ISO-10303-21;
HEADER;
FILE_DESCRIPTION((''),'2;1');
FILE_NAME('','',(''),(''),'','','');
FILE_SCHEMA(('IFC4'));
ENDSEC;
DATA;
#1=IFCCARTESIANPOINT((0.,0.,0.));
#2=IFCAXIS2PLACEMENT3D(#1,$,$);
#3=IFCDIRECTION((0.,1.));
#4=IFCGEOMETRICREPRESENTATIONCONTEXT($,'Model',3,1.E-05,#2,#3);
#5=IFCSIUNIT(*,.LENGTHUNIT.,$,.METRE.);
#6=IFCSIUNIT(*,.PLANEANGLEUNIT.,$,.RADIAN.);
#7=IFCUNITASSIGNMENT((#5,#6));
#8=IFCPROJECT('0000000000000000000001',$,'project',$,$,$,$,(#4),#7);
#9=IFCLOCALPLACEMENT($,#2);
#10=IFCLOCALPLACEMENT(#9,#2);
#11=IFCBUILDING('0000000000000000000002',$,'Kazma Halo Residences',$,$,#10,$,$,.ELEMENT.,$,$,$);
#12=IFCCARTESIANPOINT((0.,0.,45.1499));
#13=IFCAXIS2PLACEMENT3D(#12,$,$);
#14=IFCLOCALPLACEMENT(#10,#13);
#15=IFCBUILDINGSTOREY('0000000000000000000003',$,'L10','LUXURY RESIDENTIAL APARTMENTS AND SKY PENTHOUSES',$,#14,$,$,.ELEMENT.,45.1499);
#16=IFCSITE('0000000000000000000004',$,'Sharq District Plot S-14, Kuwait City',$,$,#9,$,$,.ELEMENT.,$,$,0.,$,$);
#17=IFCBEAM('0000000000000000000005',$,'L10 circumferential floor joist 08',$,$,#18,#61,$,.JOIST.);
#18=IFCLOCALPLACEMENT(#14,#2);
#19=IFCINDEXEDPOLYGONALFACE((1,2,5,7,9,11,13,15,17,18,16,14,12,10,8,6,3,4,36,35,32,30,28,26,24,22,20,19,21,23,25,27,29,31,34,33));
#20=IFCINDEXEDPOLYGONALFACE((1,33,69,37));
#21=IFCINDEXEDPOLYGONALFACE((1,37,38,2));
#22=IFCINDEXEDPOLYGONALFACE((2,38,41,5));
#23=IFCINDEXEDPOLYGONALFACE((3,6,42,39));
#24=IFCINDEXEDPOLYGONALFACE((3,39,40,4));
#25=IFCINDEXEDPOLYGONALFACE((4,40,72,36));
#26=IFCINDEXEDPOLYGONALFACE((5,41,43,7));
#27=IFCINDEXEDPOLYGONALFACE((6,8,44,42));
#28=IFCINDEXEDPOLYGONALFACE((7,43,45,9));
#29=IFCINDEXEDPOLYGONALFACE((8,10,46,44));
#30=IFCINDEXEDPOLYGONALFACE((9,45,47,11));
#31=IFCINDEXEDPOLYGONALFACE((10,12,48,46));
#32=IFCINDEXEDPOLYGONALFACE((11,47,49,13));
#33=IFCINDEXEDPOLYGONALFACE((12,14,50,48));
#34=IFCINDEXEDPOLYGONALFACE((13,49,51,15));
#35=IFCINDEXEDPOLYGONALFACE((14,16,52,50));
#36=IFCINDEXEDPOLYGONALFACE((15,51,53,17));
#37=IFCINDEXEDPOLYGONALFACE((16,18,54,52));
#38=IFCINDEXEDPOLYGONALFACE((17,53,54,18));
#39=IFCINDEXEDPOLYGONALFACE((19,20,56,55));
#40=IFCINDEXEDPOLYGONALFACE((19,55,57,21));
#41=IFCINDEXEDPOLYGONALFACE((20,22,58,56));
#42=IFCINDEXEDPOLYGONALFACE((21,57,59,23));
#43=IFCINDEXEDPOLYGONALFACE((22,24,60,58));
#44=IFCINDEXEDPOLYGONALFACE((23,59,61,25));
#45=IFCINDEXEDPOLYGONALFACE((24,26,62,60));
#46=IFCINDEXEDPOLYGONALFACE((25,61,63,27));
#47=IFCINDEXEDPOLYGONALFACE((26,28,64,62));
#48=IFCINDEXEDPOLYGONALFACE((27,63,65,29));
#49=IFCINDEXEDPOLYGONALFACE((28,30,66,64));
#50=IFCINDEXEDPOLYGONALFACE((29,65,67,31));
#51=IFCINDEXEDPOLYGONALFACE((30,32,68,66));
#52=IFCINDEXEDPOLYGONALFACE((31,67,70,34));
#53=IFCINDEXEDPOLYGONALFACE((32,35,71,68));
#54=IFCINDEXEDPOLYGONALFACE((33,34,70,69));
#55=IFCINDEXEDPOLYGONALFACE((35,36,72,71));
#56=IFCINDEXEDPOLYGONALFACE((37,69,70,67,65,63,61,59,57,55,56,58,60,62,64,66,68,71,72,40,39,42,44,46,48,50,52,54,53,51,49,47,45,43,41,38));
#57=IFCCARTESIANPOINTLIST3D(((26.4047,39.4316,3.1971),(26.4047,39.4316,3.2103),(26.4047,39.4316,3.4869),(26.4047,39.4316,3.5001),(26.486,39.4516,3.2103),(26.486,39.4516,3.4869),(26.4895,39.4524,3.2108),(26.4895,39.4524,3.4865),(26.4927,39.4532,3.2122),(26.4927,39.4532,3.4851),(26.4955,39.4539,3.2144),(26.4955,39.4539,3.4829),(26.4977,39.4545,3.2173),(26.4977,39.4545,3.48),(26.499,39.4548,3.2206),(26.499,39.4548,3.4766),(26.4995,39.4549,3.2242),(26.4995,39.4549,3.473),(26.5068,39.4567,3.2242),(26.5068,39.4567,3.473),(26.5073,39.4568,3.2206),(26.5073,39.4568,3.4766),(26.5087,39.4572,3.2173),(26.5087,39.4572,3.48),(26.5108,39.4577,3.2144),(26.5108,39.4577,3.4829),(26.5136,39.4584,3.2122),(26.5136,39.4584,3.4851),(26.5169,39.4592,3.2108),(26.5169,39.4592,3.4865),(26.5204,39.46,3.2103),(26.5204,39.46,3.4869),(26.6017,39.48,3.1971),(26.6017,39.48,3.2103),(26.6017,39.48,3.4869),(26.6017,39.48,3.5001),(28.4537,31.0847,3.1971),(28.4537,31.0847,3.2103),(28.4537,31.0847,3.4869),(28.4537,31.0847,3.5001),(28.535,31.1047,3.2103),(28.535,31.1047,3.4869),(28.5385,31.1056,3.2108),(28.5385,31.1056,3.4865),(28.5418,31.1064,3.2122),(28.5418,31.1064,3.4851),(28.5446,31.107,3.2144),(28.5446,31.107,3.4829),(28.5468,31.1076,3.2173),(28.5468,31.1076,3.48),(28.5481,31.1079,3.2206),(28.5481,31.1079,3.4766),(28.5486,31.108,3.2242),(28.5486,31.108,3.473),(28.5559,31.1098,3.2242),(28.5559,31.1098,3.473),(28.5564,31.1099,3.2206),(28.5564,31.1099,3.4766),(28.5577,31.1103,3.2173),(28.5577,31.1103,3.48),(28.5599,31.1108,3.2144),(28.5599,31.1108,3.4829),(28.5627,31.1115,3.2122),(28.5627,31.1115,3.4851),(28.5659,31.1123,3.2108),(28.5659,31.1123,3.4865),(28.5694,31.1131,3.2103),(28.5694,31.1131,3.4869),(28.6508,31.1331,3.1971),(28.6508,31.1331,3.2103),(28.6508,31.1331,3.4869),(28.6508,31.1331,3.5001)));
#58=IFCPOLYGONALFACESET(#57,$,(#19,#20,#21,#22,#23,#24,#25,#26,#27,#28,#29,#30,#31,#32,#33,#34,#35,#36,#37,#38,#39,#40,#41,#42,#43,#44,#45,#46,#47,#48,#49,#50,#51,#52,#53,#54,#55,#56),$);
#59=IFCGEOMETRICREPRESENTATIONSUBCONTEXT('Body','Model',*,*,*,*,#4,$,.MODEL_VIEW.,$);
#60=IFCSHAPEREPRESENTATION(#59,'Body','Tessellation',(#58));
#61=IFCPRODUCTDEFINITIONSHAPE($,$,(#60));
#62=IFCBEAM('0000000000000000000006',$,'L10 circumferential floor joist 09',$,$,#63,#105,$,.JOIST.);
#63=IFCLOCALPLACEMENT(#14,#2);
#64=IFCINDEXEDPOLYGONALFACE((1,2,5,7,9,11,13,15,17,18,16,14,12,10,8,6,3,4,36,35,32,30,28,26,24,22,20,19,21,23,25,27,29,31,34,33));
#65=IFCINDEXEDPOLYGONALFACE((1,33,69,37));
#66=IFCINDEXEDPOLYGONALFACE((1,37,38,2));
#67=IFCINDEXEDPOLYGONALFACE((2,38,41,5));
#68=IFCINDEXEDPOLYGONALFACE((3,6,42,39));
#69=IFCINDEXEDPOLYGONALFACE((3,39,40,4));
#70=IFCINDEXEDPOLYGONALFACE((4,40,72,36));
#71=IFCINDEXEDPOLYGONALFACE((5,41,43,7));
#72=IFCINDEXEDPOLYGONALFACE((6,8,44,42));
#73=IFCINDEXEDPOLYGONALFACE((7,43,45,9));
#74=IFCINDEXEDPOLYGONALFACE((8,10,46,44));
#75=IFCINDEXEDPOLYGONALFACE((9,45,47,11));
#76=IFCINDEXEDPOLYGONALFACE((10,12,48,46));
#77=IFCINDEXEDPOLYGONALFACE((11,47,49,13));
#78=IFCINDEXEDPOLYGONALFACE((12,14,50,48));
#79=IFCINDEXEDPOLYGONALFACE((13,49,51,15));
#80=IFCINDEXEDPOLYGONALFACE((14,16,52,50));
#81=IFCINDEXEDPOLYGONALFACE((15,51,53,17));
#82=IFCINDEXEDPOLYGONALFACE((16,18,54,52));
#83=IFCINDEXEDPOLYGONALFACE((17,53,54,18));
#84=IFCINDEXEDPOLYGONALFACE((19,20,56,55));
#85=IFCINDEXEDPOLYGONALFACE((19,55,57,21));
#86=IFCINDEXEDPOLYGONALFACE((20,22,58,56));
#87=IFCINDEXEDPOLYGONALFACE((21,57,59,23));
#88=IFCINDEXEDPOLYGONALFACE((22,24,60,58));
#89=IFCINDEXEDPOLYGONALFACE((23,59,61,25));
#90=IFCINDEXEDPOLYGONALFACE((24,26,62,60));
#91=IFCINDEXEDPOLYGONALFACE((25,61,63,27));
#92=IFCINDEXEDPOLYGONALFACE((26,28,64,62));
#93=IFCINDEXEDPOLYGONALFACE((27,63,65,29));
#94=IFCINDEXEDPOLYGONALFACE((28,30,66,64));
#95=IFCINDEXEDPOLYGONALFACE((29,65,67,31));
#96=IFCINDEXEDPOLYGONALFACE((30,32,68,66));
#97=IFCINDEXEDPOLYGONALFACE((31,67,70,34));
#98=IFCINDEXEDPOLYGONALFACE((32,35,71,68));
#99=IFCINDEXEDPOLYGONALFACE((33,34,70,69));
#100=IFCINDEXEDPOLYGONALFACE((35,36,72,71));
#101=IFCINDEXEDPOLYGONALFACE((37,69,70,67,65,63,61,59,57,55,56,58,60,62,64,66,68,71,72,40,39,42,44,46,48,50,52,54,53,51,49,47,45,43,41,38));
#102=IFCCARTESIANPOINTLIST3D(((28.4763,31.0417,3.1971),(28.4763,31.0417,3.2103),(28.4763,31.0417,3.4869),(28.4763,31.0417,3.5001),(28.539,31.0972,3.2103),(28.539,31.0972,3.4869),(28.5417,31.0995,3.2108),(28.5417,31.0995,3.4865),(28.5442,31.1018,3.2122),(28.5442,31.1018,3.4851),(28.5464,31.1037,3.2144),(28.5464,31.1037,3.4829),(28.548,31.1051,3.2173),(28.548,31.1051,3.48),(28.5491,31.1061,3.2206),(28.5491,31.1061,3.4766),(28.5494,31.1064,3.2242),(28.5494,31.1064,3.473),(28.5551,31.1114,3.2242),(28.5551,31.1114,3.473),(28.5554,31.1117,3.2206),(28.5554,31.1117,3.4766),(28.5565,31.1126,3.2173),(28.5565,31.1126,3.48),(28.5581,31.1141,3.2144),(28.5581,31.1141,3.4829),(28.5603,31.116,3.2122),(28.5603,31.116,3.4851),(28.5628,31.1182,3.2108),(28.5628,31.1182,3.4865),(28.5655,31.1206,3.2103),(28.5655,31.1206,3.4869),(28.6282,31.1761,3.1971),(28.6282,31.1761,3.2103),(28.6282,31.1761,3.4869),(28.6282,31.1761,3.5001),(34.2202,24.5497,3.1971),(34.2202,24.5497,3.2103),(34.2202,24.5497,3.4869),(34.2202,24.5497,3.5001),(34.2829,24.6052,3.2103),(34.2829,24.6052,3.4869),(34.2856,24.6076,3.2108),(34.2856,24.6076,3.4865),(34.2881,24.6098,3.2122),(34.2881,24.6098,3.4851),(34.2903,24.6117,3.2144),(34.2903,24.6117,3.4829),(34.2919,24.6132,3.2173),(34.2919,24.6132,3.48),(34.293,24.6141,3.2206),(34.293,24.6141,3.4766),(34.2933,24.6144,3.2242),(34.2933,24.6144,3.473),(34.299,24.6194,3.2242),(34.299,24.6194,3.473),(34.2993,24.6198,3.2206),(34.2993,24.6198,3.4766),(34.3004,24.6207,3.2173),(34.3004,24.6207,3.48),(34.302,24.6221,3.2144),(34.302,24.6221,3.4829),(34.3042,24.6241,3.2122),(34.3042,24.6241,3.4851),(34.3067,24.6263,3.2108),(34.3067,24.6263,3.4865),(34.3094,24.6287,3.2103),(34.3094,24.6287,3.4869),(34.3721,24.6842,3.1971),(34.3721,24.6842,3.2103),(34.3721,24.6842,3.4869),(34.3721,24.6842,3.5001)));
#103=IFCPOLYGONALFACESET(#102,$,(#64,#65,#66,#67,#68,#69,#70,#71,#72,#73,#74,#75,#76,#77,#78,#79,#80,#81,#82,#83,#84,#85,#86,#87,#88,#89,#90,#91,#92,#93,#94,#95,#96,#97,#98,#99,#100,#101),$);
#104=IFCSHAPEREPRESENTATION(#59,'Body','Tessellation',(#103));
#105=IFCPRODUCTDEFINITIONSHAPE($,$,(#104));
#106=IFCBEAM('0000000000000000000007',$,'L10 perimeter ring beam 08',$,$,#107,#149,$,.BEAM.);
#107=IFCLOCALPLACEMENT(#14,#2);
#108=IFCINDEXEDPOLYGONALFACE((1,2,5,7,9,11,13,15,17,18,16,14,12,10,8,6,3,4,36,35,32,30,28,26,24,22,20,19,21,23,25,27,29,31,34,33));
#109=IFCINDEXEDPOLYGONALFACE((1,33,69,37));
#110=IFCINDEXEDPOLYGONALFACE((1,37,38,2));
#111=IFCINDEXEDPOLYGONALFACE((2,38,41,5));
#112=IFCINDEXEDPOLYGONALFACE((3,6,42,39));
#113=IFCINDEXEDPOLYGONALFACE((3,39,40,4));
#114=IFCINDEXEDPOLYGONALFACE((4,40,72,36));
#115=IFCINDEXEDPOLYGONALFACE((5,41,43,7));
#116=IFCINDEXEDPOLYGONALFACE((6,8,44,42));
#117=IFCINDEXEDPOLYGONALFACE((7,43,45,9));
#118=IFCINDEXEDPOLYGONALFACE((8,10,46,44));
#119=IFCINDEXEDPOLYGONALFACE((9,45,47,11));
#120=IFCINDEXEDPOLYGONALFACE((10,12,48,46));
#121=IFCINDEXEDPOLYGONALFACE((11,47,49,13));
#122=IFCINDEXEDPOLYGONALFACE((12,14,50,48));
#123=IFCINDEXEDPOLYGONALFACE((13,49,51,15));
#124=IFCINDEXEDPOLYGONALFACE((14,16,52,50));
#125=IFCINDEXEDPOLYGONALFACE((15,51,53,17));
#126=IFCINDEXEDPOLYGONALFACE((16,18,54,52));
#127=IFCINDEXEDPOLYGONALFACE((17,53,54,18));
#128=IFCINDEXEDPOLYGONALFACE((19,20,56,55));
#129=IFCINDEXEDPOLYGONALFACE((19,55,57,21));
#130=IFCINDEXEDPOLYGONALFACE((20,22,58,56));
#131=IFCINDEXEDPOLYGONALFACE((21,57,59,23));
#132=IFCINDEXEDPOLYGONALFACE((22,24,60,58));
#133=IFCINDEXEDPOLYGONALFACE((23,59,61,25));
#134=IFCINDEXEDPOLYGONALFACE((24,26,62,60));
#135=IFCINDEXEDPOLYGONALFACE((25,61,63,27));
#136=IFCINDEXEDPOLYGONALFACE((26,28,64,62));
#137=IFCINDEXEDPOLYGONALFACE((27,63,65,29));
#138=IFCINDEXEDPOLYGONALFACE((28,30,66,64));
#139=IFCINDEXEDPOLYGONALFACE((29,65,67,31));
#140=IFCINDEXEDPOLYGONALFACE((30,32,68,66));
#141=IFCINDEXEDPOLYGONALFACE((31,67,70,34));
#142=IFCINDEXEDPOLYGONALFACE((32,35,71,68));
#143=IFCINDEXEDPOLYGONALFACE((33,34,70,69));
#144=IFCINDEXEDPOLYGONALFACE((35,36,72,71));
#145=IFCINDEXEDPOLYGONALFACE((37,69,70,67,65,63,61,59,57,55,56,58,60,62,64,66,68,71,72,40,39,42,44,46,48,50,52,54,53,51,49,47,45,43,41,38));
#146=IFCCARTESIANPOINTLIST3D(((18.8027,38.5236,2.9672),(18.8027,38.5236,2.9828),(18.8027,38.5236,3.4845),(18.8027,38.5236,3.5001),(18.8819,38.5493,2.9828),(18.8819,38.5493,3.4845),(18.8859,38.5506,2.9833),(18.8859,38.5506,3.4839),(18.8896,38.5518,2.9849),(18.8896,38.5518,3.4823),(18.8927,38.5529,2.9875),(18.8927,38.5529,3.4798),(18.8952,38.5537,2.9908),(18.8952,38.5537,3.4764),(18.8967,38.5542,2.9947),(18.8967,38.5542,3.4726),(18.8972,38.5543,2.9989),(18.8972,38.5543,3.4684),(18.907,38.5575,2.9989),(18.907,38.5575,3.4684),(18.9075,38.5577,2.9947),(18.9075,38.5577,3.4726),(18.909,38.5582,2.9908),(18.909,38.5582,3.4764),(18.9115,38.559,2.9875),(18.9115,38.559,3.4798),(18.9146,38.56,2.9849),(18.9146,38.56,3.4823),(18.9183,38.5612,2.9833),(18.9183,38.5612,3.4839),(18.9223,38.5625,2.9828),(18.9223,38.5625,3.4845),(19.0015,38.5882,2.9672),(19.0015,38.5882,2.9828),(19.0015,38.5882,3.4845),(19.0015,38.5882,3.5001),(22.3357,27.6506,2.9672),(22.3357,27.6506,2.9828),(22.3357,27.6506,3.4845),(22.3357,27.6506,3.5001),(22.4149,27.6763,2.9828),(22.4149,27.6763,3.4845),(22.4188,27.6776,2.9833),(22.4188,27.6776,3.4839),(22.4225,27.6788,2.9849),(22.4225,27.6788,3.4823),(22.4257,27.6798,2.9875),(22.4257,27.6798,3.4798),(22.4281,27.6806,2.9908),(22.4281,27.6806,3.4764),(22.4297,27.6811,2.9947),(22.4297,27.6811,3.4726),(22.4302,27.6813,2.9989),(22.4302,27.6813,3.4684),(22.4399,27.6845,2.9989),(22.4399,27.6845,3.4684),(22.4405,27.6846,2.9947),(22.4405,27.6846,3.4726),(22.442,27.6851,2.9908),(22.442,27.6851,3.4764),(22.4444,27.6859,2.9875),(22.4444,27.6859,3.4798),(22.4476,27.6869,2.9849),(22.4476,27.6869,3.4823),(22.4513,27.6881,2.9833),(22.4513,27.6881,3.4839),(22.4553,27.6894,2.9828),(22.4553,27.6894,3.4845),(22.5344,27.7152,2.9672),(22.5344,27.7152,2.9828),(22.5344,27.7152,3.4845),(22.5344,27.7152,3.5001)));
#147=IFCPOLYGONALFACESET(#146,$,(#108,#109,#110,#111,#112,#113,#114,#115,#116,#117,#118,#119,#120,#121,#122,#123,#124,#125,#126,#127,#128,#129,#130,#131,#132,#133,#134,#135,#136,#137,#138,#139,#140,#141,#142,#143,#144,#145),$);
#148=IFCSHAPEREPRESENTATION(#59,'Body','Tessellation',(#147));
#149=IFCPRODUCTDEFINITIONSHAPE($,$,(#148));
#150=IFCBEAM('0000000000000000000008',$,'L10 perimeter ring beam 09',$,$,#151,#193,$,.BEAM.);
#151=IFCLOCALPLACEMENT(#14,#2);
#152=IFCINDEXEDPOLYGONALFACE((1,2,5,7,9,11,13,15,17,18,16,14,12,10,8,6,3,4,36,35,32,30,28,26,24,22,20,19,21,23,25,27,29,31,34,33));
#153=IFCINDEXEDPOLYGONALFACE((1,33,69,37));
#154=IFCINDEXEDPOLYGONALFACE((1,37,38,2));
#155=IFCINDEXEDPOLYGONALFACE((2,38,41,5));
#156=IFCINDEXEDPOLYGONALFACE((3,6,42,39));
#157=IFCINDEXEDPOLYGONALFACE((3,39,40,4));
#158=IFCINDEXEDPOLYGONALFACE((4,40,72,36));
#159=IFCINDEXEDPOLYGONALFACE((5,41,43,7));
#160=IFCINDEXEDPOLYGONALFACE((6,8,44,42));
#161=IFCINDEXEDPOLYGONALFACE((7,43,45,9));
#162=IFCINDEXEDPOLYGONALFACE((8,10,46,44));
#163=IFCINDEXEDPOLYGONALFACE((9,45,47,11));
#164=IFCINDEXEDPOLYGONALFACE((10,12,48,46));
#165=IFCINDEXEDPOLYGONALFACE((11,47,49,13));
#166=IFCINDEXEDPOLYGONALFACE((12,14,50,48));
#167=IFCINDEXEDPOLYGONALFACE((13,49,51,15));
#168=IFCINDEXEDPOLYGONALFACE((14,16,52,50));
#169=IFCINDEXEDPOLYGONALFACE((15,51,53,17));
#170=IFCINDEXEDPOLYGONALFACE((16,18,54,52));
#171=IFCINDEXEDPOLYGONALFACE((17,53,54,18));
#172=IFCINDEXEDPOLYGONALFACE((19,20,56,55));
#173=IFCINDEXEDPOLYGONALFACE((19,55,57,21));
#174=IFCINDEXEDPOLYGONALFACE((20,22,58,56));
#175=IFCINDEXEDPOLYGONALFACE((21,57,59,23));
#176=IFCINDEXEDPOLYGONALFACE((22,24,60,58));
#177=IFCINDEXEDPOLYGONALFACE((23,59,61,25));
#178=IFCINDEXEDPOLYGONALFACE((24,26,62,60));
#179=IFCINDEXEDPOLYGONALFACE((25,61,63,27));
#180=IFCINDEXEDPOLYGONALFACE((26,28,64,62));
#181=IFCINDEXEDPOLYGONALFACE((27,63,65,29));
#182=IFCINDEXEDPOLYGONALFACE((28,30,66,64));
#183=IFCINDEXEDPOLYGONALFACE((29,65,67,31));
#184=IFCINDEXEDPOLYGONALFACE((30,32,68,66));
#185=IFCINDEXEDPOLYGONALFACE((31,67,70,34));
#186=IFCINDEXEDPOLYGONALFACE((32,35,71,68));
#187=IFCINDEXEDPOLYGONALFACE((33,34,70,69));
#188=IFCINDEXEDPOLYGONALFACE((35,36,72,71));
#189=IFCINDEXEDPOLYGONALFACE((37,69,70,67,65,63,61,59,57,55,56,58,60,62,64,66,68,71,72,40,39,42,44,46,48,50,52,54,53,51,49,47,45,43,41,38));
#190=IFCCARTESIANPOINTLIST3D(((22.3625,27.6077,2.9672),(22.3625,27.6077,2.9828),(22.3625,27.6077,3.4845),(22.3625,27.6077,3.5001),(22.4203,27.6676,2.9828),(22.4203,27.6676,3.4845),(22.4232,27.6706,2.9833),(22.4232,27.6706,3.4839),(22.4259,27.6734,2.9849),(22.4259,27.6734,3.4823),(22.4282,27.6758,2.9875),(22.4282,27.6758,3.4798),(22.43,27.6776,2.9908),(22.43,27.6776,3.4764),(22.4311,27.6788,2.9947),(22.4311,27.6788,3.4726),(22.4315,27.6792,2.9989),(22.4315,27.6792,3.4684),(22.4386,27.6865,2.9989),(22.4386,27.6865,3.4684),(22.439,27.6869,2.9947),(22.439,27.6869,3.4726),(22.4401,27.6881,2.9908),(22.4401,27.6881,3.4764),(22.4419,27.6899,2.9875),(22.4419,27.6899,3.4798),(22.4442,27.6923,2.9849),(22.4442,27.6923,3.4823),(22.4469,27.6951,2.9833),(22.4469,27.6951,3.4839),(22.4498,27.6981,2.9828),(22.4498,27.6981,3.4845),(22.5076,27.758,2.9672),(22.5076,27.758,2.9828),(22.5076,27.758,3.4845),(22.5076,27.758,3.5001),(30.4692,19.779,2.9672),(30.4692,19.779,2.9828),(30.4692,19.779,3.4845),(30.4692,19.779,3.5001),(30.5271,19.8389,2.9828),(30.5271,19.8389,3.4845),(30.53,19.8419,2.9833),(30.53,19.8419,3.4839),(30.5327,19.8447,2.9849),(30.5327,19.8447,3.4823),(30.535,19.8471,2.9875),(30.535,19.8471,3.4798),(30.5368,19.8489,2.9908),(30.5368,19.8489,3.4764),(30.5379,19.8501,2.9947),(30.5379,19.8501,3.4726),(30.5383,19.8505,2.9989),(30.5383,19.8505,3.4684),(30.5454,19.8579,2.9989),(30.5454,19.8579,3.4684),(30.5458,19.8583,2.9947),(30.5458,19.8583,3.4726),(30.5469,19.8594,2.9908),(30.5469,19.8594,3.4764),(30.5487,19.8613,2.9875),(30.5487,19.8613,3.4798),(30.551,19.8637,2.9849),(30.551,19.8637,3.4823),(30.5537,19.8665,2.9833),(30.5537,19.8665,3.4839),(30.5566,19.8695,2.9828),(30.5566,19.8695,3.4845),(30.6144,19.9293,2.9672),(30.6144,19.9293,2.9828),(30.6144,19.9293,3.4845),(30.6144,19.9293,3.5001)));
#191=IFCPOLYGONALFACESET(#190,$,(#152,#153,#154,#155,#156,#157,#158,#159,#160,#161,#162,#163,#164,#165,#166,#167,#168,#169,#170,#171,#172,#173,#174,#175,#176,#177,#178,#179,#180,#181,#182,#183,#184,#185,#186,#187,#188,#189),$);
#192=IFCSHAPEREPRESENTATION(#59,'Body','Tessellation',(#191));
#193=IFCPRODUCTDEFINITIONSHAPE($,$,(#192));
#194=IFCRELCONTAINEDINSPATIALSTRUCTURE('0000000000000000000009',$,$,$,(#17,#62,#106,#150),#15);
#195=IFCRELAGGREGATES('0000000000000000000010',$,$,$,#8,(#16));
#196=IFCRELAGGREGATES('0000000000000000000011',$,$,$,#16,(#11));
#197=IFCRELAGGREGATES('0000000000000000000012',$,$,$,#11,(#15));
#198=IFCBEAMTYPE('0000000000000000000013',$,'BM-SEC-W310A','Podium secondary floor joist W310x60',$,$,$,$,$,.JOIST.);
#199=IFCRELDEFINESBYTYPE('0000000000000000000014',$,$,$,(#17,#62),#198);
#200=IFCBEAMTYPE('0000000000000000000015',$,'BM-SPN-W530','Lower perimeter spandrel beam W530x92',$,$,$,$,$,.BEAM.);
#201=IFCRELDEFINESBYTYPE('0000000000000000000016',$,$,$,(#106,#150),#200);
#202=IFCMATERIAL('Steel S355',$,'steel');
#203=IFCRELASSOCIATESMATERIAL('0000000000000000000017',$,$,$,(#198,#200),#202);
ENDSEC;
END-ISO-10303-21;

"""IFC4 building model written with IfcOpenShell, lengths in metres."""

from ifc_helpers import new_model, si_unit, direction, frame, origin, origin_2d, place, context, subcontext, project, spatial, i_section, extrude, material, material_profile, profile_set, type_object, element, save


model = new_model("IFC4")

# Units and contexts
model_context = context("Model", 3, precision=1e-05, world=origin(), true_north=direction((0.0, 1.0)))
body_context = subcontext(model_context, "Body", "Model", "MODEL_VIEW")
ifc_project = project(units=[si_unit("LENGTHUNIT", "METRE"), si_unit("PLANEANGLEUNIT", "RADIAN")], contexts=[model_context])

# Site, building, storey
site_placement = place(None, origin())
site = spatial("IfcSite", under=ifc_project, at=site_placement, Name="Sharq District Plot S-14, Kuwait City", CompositionType="ELEMENT", RefElevation=0.0)
building_placement = place(site_placement, origin())
building = spatial("IfcBuilding", under=site, at=building_placement, Name="Kazma Halo Residences", CompositionType="ELEMENT")
storey_placement = place(building_placement, frame((0.0, 0.0, 45.1499)))
storey = spatial("IfcBuildingStorey", under=building, at=storey_placement, Name="L10", Description="LUXURY RESIDENTIAL APARTMENTS AND SKY PENTHOUSES", CompositionType="ELEMENT", Elevation=45.1499)

# Beams
ifc_material_1 = material(Name="Steel S355", Category="steel")
ifc_material_profile_1 = material_profile(ifc_material_1, i_section(OverallWidth=0.2029, OverallDepth=0.303, WebThickness=0.0076, FlangeThickness=0.0132, FilletRadius=0.0139, at=origin_2d()), Name="W310x60")
ifc_profile_set_1 = profile_set([ifc_material_profile_1], Name="Steel S355")
beam_type_1 = type_object("IfcBeamType", Name="BM-SEC-W310A", Description="Podium secondary floor joist W310x60", PredefinedType="JOIST", material=ifc_profile_set_1)
beam_1_placement = place(storey_placement, frame((26.5032, 39.4558, 3.3486), z_axis=(0.23841, -0.971165, 0.0), x_axis=(0.971165, 0.23841, 0.0)))
element("IfcBeam", 1, at=beam_1_placement, inside=storey, type_object=beam_type_1, Name="L10 circumferential floor joist 08", PredefinedType="JOIST", context=body_context, shape_type="SweptSolid", body=[
    extrude(i_section(OverallWidth=0.2029, OverallDepth=0.303, WebThickness=0.0076, FlangeThickness=0.0132, FilletRadius=0.0139, at=origin_2d()), origin(), (0.0, 0.0, 1.0), 8.5947),
])
beam_2_placement = place(storey_placement, frame((28.5522, 31.1089, 3.3486), z_axis=(0.66264, -0.748938, 0.0), x_axis=(0.748938, 0.66264, 0.0)))
element("IfcBeam", 2, at=beam_2_placement, inside=storey, type_object=beam_type_1, Name="L10 circumferential floor joist 09", PredefinedType="JOIST", context=body_context, shape_type="SweptSolid", body=[
    extrude(i_section(OverallWidth=0.2029, OverallDepth=0.303, WebThickness=0.0076, FlangeThickness=0.0132, FilletRadius=0.0139, at=origin_2d()), origin(), (0.0, 0.0, 1.0), 8.6682),
])
ifc_material_profile_2 = material_profile(ifc_material_1, i_section(OverallWidth=0.209, OverallDepth=0.533, WebThickness=0.0103, FlangeThickness=0.0156, FilletRadius=0.0161, at=origin_2d()), Name="W530x92")
ifc_profile_set_2 = profile_set([ifc_material_profile_2], Name="Steel S355")
beam_type_2 = type_object("IfcBeamType", Name="BM-SPN-W530", Description="Lower perimeter spandrel beam W530x92", PredefinedType="BEAM", material=ifc_profile_set_2)
beam_3_placement = place(storey_placement, frame((18.9021, 38.5559, 3.2336), z_axis=(0.309024, -0.951054, 0.0), x_axis=(0.951054, 0.309024, 0.0)))
element("IfcBeam", 3, at=beam_3_placement, inside=storey, type_object=beam_type_2, Name="L10 perimeter ring beam 08", PredefinedType="BEAM", context=body_context, shape_type="SweptSolid", body=[
    extrude(i_section(OverallWidth=0.209, OverallDepth=0.533, WebThickness=0.0103, FlangeThickness=0.0156, FilletRadius=0.0161, at=origin_2d()), origin(), (0.0, 0.0, 1.0), 11.4326),
])
beam_4_placement = place(storey_placement, frame((22.4351, 27.6829, 3.2336), z_axis=(0.719337, -0.694662, 0.0), x_axis=(0.694662, 0.719337, 0.0)))
element("IfcBeam", 4, at=beam_4_placement, inside=storey, type_object=beam_type_2, Name="L10 perimeter ring beam 09", PredefinedType="BEAM", context=body_context, shape_type="SweptSolid", body=[
    extrude(i_section(OverallWidth=0.209, OverallDepth=0.533, WebThickness=0.0103, FlangeThickness=0.0156, FilletRadius=0.0161, at=origin_2d()), origin(), (0.0, 0.0, 1.0), 11.2698),
])

save(model, "model.ifc")
